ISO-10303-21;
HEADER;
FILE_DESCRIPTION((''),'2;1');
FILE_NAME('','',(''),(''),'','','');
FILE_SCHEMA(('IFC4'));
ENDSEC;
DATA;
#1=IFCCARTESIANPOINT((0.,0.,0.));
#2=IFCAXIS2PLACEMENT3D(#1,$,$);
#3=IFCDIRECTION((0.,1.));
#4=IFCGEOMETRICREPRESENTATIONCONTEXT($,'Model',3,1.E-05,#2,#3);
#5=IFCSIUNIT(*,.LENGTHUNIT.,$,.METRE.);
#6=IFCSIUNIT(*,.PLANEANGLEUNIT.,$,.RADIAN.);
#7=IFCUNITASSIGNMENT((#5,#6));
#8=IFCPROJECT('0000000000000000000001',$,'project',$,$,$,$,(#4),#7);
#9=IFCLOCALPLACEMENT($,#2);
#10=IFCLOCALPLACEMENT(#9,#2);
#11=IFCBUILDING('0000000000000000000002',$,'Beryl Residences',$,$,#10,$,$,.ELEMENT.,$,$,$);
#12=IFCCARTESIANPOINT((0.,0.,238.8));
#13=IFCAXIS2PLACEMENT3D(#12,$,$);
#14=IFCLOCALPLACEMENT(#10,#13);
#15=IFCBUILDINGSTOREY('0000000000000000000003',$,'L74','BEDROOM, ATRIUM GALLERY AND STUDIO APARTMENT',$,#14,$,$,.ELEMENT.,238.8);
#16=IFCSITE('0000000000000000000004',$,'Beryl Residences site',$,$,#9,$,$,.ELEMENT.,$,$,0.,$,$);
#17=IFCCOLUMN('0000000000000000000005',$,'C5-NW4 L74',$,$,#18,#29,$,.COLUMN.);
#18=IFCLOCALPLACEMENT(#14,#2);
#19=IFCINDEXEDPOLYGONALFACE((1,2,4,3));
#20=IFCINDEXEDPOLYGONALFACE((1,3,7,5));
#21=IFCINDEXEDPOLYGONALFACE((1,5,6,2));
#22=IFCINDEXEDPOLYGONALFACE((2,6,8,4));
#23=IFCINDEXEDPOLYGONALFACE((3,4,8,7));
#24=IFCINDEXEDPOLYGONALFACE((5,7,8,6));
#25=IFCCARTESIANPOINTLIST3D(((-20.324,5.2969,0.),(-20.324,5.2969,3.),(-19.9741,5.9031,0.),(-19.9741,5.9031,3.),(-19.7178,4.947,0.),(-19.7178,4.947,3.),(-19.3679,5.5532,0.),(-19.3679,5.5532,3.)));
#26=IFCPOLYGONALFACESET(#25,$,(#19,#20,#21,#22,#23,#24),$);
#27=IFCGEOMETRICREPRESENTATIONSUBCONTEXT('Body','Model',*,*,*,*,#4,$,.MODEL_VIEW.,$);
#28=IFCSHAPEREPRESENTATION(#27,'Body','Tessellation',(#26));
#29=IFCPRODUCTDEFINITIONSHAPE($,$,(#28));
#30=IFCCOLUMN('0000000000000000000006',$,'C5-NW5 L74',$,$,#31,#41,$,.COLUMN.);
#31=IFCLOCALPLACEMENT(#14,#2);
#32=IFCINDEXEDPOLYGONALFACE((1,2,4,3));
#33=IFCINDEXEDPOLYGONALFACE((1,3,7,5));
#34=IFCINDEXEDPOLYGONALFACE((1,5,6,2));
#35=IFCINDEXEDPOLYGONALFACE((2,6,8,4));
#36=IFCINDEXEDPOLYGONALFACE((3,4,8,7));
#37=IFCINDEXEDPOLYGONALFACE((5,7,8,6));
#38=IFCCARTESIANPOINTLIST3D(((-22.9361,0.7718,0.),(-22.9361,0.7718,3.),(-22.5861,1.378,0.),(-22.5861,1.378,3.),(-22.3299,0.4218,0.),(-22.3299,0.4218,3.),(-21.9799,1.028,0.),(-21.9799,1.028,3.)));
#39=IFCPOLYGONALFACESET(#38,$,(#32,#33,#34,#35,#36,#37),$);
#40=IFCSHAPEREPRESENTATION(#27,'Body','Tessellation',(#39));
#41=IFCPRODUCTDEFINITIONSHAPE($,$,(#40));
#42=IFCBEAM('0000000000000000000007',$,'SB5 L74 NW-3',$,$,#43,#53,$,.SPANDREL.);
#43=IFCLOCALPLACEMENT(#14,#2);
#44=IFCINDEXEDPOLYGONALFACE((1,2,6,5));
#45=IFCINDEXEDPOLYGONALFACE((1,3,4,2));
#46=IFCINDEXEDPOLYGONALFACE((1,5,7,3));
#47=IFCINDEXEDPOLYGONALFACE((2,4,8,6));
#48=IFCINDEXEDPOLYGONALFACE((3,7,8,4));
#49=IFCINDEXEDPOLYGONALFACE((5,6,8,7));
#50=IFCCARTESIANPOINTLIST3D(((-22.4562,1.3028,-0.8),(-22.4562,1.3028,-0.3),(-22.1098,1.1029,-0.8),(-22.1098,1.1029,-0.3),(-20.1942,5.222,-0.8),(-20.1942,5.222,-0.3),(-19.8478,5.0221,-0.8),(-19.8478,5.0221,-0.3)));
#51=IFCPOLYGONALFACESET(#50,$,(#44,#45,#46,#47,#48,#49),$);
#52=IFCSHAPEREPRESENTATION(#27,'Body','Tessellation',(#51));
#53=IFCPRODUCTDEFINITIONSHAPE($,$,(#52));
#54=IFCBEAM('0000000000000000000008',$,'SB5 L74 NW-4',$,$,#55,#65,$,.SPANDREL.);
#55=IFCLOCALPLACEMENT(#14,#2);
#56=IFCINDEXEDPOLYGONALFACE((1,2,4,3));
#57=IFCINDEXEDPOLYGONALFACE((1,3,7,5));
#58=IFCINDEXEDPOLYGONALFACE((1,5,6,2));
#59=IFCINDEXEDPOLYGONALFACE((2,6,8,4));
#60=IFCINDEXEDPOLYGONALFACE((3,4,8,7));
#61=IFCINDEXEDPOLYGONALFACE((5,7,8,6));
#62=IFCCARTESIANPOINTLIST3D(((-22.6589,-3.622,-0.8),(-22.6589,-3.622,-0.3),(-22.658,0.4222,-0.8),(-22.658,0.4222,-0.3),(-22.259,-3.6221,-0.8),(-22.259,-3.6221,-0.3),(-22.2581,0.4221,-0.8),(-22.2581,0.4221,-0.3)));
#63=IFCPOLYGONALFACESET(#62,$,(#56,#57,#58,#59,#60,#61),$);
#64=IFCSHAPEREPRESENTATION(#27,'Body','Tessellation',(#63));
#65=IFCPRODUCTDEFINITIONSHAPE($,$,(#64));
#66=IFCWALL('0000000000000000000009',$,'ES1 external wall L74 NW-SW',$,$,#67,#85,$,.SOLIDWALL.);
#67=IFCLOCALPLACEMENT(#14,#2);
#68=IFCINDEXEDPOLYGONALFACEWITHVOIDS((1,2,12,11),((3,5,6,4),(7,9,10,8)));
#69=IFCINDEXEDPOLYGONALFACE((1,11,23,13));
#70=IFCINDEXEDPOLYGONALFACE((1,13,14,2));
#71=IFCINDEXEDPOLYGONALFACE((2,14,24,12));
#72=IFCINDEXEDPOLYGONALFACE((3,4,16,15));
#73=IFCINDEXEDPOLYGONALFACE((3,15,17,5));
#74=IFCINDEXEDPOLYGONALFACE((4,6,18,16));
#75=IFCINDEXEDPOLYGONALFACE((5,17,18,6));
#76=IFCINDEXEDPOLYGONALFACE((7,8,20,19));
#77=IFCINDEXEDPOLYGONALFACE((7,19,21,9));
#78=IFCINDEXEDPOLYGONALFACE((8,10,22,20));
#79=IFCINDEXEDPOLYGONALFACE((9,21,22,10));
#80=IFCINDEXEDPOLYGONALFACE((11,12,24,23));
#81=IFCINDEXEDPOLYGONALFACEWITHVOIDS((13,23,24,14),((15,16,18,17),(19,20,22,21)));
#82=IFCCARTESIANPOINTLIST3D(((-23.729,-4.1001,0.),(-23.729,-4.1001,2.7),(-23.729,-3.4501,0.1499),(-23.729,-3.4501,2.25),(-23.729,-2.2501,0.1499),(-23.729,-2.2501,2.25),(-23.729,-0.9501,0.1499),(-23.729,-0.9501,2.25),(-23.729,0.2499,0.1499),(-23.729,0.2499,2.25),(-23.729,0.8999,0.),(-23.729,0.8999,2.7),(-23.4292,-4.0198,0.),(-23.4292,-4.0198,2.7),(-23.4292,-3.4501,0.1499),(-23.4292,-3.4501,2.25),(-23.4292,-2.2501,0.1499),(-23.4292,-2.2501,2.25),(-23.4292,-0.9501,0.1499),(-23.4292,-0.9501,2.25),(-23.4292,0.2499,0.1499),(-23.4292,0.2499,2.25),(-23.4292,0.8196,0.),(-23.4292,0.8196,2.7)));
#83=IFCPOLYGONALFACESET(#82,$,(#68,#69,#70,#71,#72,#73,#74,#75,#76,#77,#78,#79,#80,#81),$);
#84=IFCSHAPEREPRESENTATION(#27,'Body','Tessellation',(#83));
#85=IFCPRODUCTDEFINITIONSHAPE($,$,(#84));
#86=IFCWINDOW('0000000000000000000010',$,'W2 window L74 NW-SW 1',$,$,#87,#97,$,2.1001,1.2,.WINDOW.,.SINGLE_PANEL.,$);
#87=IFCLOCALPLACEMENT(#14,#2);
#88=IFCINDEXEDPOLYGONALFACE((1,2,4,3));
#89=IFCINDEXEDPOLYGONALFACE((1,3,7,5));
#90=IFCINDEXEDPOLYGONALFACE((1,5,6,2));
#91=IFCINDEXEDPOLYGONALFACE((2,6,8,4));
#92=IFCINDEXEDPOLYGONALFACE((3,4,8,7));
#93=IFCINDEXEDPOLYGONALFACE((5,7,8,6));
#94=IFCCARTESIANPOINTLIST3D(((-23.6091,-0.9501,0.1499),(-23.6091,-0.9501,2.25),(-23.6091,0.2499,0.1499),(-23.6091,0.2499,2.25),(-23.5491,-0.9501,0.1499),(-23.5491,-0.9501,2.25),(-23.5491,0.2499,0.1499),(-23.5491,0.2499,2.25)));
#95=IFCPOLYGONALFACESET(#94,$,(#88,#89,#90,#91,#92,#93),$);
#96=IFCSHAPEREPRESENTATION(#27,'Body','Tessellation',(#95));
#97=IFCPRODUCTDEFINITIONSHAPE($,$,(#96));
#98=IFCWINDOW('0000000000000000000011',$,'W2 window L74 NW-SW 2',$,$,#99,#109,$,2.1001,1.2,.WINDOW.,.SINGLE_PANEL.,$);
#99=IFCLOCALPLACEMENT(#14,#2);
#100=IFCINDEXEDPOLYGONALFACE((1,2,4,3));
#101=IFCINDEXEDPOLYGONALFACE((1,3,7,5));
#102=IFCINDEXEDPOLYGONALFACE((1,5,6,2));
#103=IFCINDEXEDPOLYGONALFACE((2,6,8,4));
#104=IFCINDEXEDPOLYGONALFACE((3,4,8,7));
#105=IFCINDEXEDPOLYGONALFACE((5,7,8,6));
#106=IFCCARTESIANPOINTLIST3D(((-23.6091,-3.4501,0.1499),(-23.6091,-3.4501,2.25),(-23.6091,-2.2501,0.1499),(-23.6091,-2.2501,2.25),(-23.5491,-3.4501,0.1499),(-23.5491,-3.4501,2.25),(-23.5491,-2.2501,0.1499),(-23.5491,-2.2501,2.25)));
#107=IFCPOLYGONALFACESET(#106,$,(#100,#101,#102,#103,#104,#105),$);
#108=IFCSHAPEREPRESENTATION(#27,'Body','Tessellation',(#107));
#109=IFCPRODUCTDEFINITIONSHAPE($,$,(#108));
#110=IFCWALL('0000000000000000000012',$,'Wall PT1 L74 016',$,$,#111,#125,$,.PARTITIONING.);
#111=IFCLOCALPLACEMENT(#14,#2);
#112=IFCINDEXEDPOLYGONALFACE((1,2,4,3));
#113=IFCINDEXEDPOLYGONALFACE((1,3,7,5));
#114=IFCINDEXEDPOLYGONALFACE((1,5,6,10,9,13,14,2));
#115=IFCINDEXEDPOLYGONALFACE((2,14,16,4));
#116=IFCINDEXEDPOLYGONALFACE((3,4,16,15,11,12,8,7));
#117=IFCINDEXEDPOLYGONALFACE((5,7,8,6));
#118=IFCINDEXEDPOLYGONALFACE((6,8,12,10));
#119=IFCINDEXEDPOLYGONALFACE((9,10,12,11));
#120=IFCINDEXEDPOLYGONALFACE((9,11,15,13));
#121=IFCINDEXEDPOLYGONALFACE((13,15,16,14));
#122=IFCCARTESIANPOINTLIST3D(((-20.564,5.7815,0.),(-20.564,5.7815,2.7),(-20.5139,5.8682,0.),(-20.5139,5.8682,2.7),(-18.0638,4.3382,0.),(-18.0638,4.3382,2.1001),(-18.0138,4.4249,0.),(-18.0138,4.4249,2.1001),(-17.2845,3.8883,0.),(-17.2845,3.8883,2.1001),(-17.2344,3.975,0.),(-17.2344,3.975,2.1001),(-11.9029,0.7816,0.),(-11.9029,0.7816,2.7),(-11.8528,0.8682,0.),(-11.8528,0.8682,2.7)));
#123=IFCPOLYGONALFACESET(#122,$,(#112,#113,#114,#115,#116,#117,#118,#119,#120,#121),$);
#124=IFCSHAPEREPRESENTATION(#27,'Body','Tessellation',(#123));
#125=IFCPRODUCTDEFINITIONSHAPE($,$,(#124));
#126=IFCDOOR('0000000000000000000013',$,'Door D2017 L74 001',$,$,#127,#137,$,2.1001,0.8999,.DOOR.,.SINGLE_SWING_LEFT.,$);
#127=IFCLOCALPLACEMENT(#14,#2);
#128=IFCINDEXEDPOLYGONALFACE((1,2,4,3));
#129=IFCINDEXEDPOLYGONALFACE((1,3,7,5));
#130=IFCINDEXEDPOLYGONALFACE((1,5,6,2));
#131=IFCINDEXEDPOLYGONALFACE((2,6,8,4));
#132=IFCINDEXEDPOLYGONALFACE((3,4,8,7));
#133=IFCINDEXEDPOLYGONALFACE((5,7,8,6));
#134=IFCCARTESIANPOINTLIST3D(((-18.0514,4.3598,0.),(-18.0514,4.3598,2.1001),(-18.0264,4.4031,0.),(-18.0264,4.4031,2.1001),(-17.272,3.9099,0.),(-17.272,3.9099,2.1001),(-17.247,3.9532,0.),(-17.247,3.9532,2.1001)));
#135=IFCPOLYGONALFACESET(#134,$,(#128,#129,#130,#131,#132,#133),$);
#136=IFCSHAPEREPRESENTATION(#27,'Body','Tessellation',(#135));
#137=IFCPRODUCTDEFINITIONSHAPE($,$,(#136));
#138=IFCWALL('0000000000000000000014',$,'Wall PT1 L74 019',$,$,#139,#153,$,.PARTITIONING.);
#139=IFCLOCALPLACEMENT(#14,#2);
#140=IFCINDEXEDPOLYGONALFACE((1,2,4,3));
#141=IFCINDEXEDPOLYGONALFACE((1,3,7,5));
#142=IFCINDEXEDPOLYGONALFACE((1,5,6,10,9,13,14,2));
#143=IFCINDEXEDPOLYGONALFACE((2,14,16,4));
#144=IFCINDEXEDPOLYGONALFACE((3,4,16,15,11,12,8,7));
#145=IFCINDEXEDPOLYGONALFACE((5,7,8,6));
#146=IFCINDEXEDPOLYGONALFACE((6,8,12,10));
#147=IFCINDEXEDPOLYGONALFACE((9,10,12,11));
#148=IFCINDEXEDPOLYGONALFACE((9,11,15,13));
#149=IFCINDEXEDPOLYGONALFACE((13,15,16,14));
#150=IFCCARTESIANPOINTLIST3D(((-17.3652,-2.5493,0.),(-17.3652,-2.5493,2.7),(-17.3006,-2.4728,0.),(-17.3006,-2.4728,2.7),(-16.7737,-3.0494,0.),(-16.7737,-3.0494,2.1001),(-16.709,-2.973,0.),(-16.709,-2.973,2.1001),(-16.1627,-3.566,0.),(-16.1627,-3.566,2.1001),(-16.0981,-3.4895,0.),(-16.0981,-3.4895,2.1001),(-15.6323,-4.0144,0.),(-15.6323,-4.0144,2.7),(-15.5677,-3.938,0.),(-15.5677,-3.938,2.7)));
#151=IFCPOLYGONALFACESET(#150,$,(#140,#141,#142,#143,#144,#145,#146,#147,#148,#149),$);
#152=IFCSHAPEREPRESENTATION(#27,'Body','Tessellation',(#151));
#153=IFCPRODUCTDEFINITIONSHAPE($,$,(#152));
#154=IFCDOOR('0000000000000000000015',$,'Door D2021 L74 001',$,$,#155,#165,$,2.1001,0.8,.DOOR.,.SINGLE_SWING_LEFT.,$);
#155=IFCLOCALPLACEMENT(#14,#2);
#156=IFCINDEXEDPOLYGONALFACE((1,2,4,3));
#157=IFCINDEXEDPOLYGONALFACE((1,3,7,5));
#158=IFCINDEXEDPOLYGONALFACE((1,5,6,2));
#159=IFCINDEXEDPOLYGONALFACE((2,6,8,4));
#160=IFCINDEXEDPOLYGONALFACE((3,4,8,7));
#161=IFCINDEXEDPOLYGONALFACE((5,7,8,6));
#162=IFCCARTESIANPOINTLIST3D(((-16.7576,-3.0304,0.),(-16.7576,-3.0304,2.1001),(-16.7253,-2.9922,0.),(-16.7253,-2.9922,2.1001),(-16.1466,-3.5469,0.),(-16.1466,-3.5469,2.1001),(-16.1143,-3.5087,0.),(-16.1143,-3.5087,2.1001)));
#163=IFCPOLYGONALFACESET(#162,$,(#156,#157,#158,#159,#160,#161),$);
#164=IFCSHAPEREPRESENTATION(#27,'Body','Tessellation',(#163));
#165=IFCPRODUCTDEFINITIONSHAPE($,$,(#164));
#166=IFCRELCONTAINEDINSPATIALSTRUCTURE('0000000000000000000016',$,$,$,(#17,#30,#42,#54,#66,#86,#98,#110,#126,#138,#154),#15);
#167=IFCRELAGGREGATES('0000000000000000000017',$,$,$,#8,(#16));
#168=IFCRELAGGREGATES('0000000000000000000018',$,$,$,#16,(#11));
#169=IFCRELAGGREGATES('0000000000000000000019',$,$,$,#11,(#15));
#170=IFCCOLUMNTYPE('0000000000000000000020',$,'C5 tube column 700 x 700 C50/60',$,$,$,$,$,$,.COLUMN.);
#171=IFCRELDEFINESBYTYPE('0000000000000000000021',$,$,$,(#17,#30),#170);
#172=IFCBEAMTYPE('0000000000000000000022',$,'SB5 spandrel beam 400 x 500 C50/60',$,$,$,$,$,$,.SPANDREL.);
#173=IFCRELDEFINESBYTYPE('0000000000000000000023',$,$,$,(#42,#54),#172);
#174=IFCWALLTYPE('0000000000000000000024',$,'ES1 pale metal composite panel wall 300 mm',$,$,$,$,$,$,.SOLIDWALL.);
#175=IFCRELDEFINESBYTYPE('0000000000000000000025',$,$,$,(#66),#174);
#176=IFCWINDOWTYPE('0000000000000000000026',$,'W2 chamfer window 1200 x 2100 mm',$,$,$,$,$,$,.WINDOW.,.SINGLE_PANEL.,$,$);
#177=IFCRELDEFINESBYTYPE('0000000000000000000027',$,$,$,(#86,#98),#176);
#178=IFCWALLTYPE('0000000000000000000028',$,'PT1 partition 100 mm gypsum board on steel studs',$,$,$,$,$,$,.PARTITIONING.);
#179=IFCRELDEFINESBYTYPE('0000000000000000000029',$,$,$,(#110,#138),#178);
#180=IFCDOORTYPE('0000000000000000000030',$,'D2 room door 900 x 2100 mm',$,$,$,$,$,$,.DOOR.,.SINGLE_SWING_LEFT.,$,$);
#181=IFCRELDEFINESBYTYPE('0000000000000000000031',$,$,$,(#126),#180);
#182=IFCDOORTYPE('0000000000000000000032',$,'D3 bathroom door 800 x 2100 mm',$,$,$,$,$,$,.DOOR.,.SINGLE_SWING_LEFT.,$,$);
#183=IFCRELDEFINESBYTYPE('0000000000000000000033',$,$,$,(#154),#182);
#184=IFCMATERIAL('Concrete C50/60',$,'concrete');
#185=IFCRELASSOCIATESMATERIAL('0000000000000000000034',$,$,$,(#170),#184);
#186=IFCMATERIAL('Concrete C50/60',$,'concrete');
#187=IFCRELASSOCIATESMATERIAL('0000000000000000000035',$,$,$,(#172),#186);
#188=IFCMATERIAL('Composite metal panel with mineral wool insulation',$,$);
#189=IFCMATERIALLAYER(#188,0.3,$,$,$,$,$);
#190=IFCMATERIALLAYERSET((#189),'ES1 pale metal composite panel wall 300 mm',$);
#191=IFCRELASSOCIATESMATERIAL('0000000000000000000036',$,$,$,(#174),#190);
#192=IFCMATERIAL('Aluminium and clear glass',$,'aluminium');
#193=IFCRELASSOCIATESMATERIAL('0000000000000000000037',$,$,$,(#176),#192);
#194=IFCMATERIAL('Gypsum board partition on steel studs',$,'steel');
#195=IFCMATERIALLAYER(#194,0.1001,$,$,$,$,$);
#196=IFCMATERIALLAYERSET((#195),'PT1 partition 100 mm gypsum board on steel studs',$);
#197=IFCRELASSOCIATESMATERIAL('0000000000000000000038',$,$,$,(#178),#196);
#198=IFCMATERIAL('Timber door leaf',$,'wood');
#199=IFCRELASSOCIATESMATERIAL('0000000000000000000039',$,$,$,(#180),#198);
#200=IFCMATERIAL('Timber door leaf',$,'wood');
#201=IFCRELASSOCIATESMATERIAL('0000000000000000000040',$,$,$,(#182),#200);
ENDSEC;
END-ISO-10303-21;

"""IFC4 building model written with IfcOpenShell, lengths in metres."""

from ifc_helpers import new_model, si_unit, direction, frame, frame_2d, origin, origin_2d, place, context, subcontext, project, spatial, polyline, rectangle, outline, extrude, material, layer, layer_set, material_profile, profile_set, type_object, element, fill, save


model = new_model("IFC4")

# Units and contexts
model_context = context("Model", 3, precision=1e-05, world=origin(), true_north=direction((0.0, 1.0)))
body_context = subcontext(model_context, "Body", "Model", "MODEL_VIEW")
ifc_project = project(units=[si_unit("LENGTHUNIT", "METRE"), si_unit("PLANEANGLEUNIT", "RADIAN")], contexts=[model_context])

# Site, building, storey
site_placement = place(None, origin())
site = spatial("IfcSite", under=ifc_project, at=site_placement, Name="Beryl Residences site", CompositionType="ELEMENT", RefElevation=0.0)
building_placement = place(site_placement, origin())
building = spatial("IfcBuilding", under=site, at=building_placement, Name="Beryl Residences", CompositionType="ELEMENT")
storey_placement = place(building_placement, frame((0.0, 0.0, 238.8)))
storey = spatial("IfcBuildingStorey", under=building, at=storey_placement, Name="L74", Description="BEDROOM, ATRIUM GALLERY AND STUDIO APARTMENT", CompositionType="ELEMENT", Elevation=238.8)

# Columns
ifc_material_1 = material(Name="Concrete C50/60", Category="concrete")
ifc_material_profile_1 = material_profile(ifc_material_1, rectangle(XDim=0.7, YDim=0.7, at=origin_2d()))
ifc_profile_set_1 = profile_set([ifc_material_profile_1], Name="Concrete C50/60")
column_type = type_object("IfcColumnType", Name="C5 tube column 700 x 700 C50/60", PredefinedType="COLUMN", material=ifc_profile_set_1)
for number, where, z_axis, x_axis, name in (
    (1, (-19.8459, 5.425, 0.0), (0.0, 0.0, 1.0), (-0.49997, -0.866043, 0.0), "C5-NW4 L74"),
    (2, (-22.458, 0.8999, 0.0), (0.0, 0.0, 1.0), (-0.49997, -0.866043, 0.0), "C5-NW5 L74"),
):
    element("IfcColumn", number, at=place(storey_placement, frame(where, z_axis=z_axis, x_axis=x_axis)), inside=storey, type_object=column_type, Name=name, PredefinedType="COLUMN", context=body_context, shape_type="SweptSolid", body=[
        extrude(rectangle(XDim=0.7, YDim=0.7, at=origin_2d()), origin(), (0.0, 0.0, 1.0), 3.0),
    ])

# Beams
ifc_material_2 = material(Name="Concrete C50/60", Category="concrete")
ifc_material_profile_2 = material_profile(ifc_material_2, rectangle(XDim=0.3999, YDim=0.5, at=origin_2d()))
ifc_profile_set_2 = profile_set([ifc_material_profile_2], Name="Concrete C50/60")
beam_type = type_object("IfcBeamType", Name="SB5 spandrel beam 400 x 500 C50/60", PredefinedType="SPANDREL", material=ifc_profile_set_2)
beam_1_placement = place(storey_placement, frame((-20.021, 5.1221, -0.55), z_axis=(-0.49987, -0.8661, 0.0), x_axis=(0.8661, -0.49987, 0.0)))
element("IfcBeam", 3, at=beam_1_placement, inside=storey, type_object=beam_type, Name="SB5 L74 NW-3", PredefinedType="SPANDREL", context=body_context, shape_type="SweptSolid", body=[
    extrude(rectangle(XDim=0.3999, YDim=0.5, at=origin_2d()), origin(), (0.0, 0.0, 1.0), 4.5251),
])
beam_2_placement = place(storey_placement, frame((-22.458, 0.4221, -0.55), z_axis=(-0.000241, -1.0, 0.0), x_axis=(1.0, -0.000241, 0.0)))
element("IfcBeam", 4, at=beam_2_placement, inside=storey, type_object=beam_type, Name="SB5 L74 NW-4", PredefinedType="SPANDREL", context=body_context, shape_type="SweptSolid", body=[
    extrude(rectangle(XDim=0.3999, YDim=0.5, at=origin_2d()), origin(), (0.0, 0.0, 1.0), 4.0442),
])

# Wall, openings, windows
ifc_material_3 = material(Name="Composite metal panel with mineral wool insulation")
ifc_layer_1 = layer(ifc_material_3, 0.3)
ifc_layer_set_1 = layer_set([ifc_layer_1], Name="ES1 pale metal composite panel wall 300 mm")
wall_type_1 = type_object("IfcWallType", Name="ES1 pale metal composite panel wall 300 mm", PredefinedType="SOLIDWALL", material=ifc_layer_set_1)
wall_1_placement = place(storey_placement, frame((-23.5791, 0.8999, 0.0), z_axis=(0.0, 0.0, 1.0), x_axis=(0.0, -1.0, 0.0)))
wall_1 = element("IfcWall", 5, at=wall_1_placement, inside=storey, type_object=wall_type_1, Name="ES1 external wall L74 NW-SW", PredefinedType="SOLIDWALL", context=body_context, shape_type="SweptSolid", body=[
    extrude(outline(polyline([(0.0, -0.1499), (5.0, -0.1499), (4.9197, 0.1499), (0.0803, 0.1499), (0.0, -0.1499)])), origin(), (0.0, 0.0, 1.0), 2.7),
])
opening_1_placement = place(wall_1_placement, frame((0.6499, 0.0, 0.1499)))
opening_1 = element("IfcOpeningElement", 6, at=opening_1_placement, cuts=wall_1, PredefinedType="OPENING", context=body_context, shape_type="SweptSolid", body=[
    extrude(rectangle(XDim=1.2, YDim=2.1001, at=frame_2d((0.6001, 1.05))), frame((0.0, 0.1599, 0.0), z_axis=(0.0, -1.0, 0.0), x_axis=(1.0, 0.0, 0.0)), (0.0, 0.0, 1.0), 0.3201),
])
opening_2_placement = place(wall_1_placement, frame((3.1499, 0.0, 0.1499)))
opening_2 = element("IfcOpeningElement", 7, at=opening_2_placement, cuts=wall_1, PredefinedType="OPENING", context=body_context, shape_type="SweptSolid", body=[
    extrude(rectangle(XDim=1.2, YDim=2.1001, at=frame_2d((0.6001, 1.05))), frame((0.0, 0.1599, 0.0), z_axis=(0.0, -1.0, 0.0), x_axis=(1.0, 0.0, 0.0)), (0.0, 0.0, 1.0), 0.3201),
])
ifc_material_4 = material(Name="Aluminium and clear glass", Category="aluminium")
window_type = type_object("IfcWindowType", Name="W2 chamfer window 1200 x 2100 mm", PartitioningType="SINGLE_PANEL", PredefinedType="WINDOW", material=ifc_material_4)
window_1_placement = place(opening_1_placement, origin())
window_1 = element("IfcWindow", 8, at=window_1_placement, inside=storey, type_object=window_type, Name="W2 window L74 NW-SW 1", OverallHeight=2.1001, OverallWidth=1.2, PartitioningType="SINGLE_PANEL", PredefinedType="WINDOW", context=body_context, shape_type="SweptSolid", body=[
    extrude(rectangle(XDim=1.2, YDim=2.1001, at=frame_2d((0.6001, 1.05))), frame((0.0, 0.03, 0.0), z_axis=(0.0, -1.0, 0.0), x_axis=(1.0, 0.0, 0.0)), (0.0, 0.0, 1.0), 0.0601),
])
fill(opening_1, window_1)
window_2_placement = place(opening_2_placement, origin())
window_2 = element("IfcWindow", 9, at=window_2_placement, inside=storey, type_object=window_type, Name="W2 window L74 NW-SW 2", OverallHeight=2.1001, OverallWidth=1.2, PartitioningType="SINGLE_PANEL", PredefinedType="WINDOW", context=body_context, shape_type="SweptSolid", body=[
    extrude(rectangle(XDim=1.2, YDim=2.1001, at=frame_2d((0.6001, 1.05))), frame((0.0, 0.03, 0.0), z_axis=(0.0, -1.0, 0.0), x_axis=(1.0, 0.0, 0.0)), (0.0, 0.0, 1.0), 0.0601),
])
fill(opening_2, window_2)

# Walls, openings, doors
ifc_material_5 = material(Name="Gypsum board partition on steel studs", Category="steel")
ifc_layer_2 = layer(ifc_material_5, 0.1001)
ifc_layer_set_2 = layer_set([ifc_layer_2], Name="PT1 partition 100 mm gypsum board on steel studs")
wall_type_2 = type_object("IfcWallType", Name="PT1 partition 100 mm gypsum board on steel studs", PredefinedType="PARTITIONING", material=ifc_layer_set_2)
wall_2_placement = place(storey_placement, frame((-20.5391, 5.825, 0.0), z_axis=(0.0, 0.0, 1.0), x_axis=(0.866047, -0.499962, 0.0)))
wall_2 = element("IfcWall", 10, at=wall_2_placement, inside=storey, type_object=wall_type_2, Name="Wall PT1 L74 016", PredefinedType="PARTITIONING", context=body_context, shape_type="SweptSolid", body=[
    extrude(rectangle(XDim=10.0007, YDim=0.1001, at=frame_2d((5.0005, 0.0))), origin(), (0.0, 0.0, 1.0), 2.7),
])
opening_3_placement = place(wall_2_placement, frame((2.887, 0.0, 0.0)))
opening_3 = element("IfcOpeningElement", 11, at=opening_3_placement, cuts=wall_2, PredefinedType="OPENING", context=body_context, shape_type="SweptSolid", body=[
    extrude(rectangle(XDim=0.8999, YDim=2.1001, at=frame_2d((0.45, 1.05))), frame((0.0, 0.0601, 0.0), z_axis=(0.0, -1.0, 0.0), x_axis=(1.0, 0.0, 0.0)), (0.0, 0.0, 1.0), 0.1201),
])
ifc_material_6 = material(Name="Timber door leaf", Category="wood")
door_type_1 = type_object("IfcDoorType", Name="D2 room door 900 x 2100 mm", OperationType="SINGLE_SWING_LEFT", PredefinedType="DOOR", material=ifc_material_6)
door_1_placement = place(opening_3_placement, origin())
door_1 = element("IfcDoor", 12, at=door_1_placement, inside=storey, type_object=door_type_1, Name="Door D2017 L74 001", OperationType="SINGLE_SWING_LEFT", OverallHeight=2.1001, OverallWidth=0.8999, PredefinedType="DOOR", context=body_context, shape_type="SweptSolid", body=[
    extrude(rectangle(XDim=0.8999, YDim=2.1001, at=frame_2d((0.45, 1.05))), frame((0.0, 0.0249, 0.0), z_axis=(0.0, -1.0, 0.0), x_axis=(1.0, 0.0, 0.0)), (0.0, 0.0, 1.0), 0.05),
])
fill(opening_3, door_1)
wall_3_placement = place(storey_placement, frame((-17.333, -2.511, 0.0), z_axis=(0.0, 0.0, 1.0), x_axis=(0.763651, -0.645629, 0.0)))
wall_3 = element("IfcWall", 13, at=wall_3_placement, inside=storey, type_object=wall_type_2, Name="Wall PT1 L74 019", PredefinedType="PARTITIONING", context=body_context, shape_type="SweptSolid", body=[
    extrude(rectangle(XDim=2.2693, YDim=0.1001, at=frame_2d((1.1348, 0.0))), origin(), (0.0, 0.0, 1.0), 2.7),
])
opening_4_placement = place(wall_3_placement, frame((0.7749, 0.0, 0.0)))
opening_4 = element("IfcOpeningElement", 14, at=opening_4_placement, cuts=wall_3, PredefinedType="OPENING", context=body_context, shape_type="SweptSolid", body=[
    extrude(rectangle(XDim=0.8, YDim=2.1001, at=frame_2d((0.3999, 1.05))), frame((0.0, 0.0601, 0.0), z_axis=(0.0, -1.0, 0.0), x_axis=(1.0, 0.0, 0.0)), (0.0, 0.0, 1.0), 0.1201),
])
ifc_material_7 = material(Name="Timber door leaf", Category="wood")
door_type_2 = type_object("IfcDoorType", Name="D3 bathroom door 800 x 2100 mm", OperationType="SINGLE_SWING_LEFT", PredefinedType="DOOR", material=ifc_material_7)
door_2_placement = place(opening_4_placement, origin())
door_2 = element("IfcDoor", 15, at=door_2_placement, inside=storey, type_object=door_type_2, Name="Door D2021 L74 001", OperationType="SINGLE_SWING_LEFT", OverallHeight=2.1001, OverallWidth=0.8, PredefinedType="DOOR", context=body_context, shape_type="SweptSolid", body=[
    extrude(rectangle(XDim=0.8, YDim=2.1001, at=frame_2d((0.3999, 1.05))), frame((0.0, 0.0249, 0.0), z_axis=(0.0, -1.0, 0.0), x_axis=(1.0, 0.0, 0.0)), (0.0, 0.0, 1.0), 0.05),
])
fill(opening_4, door_2)

save(model, "model.ifc")
